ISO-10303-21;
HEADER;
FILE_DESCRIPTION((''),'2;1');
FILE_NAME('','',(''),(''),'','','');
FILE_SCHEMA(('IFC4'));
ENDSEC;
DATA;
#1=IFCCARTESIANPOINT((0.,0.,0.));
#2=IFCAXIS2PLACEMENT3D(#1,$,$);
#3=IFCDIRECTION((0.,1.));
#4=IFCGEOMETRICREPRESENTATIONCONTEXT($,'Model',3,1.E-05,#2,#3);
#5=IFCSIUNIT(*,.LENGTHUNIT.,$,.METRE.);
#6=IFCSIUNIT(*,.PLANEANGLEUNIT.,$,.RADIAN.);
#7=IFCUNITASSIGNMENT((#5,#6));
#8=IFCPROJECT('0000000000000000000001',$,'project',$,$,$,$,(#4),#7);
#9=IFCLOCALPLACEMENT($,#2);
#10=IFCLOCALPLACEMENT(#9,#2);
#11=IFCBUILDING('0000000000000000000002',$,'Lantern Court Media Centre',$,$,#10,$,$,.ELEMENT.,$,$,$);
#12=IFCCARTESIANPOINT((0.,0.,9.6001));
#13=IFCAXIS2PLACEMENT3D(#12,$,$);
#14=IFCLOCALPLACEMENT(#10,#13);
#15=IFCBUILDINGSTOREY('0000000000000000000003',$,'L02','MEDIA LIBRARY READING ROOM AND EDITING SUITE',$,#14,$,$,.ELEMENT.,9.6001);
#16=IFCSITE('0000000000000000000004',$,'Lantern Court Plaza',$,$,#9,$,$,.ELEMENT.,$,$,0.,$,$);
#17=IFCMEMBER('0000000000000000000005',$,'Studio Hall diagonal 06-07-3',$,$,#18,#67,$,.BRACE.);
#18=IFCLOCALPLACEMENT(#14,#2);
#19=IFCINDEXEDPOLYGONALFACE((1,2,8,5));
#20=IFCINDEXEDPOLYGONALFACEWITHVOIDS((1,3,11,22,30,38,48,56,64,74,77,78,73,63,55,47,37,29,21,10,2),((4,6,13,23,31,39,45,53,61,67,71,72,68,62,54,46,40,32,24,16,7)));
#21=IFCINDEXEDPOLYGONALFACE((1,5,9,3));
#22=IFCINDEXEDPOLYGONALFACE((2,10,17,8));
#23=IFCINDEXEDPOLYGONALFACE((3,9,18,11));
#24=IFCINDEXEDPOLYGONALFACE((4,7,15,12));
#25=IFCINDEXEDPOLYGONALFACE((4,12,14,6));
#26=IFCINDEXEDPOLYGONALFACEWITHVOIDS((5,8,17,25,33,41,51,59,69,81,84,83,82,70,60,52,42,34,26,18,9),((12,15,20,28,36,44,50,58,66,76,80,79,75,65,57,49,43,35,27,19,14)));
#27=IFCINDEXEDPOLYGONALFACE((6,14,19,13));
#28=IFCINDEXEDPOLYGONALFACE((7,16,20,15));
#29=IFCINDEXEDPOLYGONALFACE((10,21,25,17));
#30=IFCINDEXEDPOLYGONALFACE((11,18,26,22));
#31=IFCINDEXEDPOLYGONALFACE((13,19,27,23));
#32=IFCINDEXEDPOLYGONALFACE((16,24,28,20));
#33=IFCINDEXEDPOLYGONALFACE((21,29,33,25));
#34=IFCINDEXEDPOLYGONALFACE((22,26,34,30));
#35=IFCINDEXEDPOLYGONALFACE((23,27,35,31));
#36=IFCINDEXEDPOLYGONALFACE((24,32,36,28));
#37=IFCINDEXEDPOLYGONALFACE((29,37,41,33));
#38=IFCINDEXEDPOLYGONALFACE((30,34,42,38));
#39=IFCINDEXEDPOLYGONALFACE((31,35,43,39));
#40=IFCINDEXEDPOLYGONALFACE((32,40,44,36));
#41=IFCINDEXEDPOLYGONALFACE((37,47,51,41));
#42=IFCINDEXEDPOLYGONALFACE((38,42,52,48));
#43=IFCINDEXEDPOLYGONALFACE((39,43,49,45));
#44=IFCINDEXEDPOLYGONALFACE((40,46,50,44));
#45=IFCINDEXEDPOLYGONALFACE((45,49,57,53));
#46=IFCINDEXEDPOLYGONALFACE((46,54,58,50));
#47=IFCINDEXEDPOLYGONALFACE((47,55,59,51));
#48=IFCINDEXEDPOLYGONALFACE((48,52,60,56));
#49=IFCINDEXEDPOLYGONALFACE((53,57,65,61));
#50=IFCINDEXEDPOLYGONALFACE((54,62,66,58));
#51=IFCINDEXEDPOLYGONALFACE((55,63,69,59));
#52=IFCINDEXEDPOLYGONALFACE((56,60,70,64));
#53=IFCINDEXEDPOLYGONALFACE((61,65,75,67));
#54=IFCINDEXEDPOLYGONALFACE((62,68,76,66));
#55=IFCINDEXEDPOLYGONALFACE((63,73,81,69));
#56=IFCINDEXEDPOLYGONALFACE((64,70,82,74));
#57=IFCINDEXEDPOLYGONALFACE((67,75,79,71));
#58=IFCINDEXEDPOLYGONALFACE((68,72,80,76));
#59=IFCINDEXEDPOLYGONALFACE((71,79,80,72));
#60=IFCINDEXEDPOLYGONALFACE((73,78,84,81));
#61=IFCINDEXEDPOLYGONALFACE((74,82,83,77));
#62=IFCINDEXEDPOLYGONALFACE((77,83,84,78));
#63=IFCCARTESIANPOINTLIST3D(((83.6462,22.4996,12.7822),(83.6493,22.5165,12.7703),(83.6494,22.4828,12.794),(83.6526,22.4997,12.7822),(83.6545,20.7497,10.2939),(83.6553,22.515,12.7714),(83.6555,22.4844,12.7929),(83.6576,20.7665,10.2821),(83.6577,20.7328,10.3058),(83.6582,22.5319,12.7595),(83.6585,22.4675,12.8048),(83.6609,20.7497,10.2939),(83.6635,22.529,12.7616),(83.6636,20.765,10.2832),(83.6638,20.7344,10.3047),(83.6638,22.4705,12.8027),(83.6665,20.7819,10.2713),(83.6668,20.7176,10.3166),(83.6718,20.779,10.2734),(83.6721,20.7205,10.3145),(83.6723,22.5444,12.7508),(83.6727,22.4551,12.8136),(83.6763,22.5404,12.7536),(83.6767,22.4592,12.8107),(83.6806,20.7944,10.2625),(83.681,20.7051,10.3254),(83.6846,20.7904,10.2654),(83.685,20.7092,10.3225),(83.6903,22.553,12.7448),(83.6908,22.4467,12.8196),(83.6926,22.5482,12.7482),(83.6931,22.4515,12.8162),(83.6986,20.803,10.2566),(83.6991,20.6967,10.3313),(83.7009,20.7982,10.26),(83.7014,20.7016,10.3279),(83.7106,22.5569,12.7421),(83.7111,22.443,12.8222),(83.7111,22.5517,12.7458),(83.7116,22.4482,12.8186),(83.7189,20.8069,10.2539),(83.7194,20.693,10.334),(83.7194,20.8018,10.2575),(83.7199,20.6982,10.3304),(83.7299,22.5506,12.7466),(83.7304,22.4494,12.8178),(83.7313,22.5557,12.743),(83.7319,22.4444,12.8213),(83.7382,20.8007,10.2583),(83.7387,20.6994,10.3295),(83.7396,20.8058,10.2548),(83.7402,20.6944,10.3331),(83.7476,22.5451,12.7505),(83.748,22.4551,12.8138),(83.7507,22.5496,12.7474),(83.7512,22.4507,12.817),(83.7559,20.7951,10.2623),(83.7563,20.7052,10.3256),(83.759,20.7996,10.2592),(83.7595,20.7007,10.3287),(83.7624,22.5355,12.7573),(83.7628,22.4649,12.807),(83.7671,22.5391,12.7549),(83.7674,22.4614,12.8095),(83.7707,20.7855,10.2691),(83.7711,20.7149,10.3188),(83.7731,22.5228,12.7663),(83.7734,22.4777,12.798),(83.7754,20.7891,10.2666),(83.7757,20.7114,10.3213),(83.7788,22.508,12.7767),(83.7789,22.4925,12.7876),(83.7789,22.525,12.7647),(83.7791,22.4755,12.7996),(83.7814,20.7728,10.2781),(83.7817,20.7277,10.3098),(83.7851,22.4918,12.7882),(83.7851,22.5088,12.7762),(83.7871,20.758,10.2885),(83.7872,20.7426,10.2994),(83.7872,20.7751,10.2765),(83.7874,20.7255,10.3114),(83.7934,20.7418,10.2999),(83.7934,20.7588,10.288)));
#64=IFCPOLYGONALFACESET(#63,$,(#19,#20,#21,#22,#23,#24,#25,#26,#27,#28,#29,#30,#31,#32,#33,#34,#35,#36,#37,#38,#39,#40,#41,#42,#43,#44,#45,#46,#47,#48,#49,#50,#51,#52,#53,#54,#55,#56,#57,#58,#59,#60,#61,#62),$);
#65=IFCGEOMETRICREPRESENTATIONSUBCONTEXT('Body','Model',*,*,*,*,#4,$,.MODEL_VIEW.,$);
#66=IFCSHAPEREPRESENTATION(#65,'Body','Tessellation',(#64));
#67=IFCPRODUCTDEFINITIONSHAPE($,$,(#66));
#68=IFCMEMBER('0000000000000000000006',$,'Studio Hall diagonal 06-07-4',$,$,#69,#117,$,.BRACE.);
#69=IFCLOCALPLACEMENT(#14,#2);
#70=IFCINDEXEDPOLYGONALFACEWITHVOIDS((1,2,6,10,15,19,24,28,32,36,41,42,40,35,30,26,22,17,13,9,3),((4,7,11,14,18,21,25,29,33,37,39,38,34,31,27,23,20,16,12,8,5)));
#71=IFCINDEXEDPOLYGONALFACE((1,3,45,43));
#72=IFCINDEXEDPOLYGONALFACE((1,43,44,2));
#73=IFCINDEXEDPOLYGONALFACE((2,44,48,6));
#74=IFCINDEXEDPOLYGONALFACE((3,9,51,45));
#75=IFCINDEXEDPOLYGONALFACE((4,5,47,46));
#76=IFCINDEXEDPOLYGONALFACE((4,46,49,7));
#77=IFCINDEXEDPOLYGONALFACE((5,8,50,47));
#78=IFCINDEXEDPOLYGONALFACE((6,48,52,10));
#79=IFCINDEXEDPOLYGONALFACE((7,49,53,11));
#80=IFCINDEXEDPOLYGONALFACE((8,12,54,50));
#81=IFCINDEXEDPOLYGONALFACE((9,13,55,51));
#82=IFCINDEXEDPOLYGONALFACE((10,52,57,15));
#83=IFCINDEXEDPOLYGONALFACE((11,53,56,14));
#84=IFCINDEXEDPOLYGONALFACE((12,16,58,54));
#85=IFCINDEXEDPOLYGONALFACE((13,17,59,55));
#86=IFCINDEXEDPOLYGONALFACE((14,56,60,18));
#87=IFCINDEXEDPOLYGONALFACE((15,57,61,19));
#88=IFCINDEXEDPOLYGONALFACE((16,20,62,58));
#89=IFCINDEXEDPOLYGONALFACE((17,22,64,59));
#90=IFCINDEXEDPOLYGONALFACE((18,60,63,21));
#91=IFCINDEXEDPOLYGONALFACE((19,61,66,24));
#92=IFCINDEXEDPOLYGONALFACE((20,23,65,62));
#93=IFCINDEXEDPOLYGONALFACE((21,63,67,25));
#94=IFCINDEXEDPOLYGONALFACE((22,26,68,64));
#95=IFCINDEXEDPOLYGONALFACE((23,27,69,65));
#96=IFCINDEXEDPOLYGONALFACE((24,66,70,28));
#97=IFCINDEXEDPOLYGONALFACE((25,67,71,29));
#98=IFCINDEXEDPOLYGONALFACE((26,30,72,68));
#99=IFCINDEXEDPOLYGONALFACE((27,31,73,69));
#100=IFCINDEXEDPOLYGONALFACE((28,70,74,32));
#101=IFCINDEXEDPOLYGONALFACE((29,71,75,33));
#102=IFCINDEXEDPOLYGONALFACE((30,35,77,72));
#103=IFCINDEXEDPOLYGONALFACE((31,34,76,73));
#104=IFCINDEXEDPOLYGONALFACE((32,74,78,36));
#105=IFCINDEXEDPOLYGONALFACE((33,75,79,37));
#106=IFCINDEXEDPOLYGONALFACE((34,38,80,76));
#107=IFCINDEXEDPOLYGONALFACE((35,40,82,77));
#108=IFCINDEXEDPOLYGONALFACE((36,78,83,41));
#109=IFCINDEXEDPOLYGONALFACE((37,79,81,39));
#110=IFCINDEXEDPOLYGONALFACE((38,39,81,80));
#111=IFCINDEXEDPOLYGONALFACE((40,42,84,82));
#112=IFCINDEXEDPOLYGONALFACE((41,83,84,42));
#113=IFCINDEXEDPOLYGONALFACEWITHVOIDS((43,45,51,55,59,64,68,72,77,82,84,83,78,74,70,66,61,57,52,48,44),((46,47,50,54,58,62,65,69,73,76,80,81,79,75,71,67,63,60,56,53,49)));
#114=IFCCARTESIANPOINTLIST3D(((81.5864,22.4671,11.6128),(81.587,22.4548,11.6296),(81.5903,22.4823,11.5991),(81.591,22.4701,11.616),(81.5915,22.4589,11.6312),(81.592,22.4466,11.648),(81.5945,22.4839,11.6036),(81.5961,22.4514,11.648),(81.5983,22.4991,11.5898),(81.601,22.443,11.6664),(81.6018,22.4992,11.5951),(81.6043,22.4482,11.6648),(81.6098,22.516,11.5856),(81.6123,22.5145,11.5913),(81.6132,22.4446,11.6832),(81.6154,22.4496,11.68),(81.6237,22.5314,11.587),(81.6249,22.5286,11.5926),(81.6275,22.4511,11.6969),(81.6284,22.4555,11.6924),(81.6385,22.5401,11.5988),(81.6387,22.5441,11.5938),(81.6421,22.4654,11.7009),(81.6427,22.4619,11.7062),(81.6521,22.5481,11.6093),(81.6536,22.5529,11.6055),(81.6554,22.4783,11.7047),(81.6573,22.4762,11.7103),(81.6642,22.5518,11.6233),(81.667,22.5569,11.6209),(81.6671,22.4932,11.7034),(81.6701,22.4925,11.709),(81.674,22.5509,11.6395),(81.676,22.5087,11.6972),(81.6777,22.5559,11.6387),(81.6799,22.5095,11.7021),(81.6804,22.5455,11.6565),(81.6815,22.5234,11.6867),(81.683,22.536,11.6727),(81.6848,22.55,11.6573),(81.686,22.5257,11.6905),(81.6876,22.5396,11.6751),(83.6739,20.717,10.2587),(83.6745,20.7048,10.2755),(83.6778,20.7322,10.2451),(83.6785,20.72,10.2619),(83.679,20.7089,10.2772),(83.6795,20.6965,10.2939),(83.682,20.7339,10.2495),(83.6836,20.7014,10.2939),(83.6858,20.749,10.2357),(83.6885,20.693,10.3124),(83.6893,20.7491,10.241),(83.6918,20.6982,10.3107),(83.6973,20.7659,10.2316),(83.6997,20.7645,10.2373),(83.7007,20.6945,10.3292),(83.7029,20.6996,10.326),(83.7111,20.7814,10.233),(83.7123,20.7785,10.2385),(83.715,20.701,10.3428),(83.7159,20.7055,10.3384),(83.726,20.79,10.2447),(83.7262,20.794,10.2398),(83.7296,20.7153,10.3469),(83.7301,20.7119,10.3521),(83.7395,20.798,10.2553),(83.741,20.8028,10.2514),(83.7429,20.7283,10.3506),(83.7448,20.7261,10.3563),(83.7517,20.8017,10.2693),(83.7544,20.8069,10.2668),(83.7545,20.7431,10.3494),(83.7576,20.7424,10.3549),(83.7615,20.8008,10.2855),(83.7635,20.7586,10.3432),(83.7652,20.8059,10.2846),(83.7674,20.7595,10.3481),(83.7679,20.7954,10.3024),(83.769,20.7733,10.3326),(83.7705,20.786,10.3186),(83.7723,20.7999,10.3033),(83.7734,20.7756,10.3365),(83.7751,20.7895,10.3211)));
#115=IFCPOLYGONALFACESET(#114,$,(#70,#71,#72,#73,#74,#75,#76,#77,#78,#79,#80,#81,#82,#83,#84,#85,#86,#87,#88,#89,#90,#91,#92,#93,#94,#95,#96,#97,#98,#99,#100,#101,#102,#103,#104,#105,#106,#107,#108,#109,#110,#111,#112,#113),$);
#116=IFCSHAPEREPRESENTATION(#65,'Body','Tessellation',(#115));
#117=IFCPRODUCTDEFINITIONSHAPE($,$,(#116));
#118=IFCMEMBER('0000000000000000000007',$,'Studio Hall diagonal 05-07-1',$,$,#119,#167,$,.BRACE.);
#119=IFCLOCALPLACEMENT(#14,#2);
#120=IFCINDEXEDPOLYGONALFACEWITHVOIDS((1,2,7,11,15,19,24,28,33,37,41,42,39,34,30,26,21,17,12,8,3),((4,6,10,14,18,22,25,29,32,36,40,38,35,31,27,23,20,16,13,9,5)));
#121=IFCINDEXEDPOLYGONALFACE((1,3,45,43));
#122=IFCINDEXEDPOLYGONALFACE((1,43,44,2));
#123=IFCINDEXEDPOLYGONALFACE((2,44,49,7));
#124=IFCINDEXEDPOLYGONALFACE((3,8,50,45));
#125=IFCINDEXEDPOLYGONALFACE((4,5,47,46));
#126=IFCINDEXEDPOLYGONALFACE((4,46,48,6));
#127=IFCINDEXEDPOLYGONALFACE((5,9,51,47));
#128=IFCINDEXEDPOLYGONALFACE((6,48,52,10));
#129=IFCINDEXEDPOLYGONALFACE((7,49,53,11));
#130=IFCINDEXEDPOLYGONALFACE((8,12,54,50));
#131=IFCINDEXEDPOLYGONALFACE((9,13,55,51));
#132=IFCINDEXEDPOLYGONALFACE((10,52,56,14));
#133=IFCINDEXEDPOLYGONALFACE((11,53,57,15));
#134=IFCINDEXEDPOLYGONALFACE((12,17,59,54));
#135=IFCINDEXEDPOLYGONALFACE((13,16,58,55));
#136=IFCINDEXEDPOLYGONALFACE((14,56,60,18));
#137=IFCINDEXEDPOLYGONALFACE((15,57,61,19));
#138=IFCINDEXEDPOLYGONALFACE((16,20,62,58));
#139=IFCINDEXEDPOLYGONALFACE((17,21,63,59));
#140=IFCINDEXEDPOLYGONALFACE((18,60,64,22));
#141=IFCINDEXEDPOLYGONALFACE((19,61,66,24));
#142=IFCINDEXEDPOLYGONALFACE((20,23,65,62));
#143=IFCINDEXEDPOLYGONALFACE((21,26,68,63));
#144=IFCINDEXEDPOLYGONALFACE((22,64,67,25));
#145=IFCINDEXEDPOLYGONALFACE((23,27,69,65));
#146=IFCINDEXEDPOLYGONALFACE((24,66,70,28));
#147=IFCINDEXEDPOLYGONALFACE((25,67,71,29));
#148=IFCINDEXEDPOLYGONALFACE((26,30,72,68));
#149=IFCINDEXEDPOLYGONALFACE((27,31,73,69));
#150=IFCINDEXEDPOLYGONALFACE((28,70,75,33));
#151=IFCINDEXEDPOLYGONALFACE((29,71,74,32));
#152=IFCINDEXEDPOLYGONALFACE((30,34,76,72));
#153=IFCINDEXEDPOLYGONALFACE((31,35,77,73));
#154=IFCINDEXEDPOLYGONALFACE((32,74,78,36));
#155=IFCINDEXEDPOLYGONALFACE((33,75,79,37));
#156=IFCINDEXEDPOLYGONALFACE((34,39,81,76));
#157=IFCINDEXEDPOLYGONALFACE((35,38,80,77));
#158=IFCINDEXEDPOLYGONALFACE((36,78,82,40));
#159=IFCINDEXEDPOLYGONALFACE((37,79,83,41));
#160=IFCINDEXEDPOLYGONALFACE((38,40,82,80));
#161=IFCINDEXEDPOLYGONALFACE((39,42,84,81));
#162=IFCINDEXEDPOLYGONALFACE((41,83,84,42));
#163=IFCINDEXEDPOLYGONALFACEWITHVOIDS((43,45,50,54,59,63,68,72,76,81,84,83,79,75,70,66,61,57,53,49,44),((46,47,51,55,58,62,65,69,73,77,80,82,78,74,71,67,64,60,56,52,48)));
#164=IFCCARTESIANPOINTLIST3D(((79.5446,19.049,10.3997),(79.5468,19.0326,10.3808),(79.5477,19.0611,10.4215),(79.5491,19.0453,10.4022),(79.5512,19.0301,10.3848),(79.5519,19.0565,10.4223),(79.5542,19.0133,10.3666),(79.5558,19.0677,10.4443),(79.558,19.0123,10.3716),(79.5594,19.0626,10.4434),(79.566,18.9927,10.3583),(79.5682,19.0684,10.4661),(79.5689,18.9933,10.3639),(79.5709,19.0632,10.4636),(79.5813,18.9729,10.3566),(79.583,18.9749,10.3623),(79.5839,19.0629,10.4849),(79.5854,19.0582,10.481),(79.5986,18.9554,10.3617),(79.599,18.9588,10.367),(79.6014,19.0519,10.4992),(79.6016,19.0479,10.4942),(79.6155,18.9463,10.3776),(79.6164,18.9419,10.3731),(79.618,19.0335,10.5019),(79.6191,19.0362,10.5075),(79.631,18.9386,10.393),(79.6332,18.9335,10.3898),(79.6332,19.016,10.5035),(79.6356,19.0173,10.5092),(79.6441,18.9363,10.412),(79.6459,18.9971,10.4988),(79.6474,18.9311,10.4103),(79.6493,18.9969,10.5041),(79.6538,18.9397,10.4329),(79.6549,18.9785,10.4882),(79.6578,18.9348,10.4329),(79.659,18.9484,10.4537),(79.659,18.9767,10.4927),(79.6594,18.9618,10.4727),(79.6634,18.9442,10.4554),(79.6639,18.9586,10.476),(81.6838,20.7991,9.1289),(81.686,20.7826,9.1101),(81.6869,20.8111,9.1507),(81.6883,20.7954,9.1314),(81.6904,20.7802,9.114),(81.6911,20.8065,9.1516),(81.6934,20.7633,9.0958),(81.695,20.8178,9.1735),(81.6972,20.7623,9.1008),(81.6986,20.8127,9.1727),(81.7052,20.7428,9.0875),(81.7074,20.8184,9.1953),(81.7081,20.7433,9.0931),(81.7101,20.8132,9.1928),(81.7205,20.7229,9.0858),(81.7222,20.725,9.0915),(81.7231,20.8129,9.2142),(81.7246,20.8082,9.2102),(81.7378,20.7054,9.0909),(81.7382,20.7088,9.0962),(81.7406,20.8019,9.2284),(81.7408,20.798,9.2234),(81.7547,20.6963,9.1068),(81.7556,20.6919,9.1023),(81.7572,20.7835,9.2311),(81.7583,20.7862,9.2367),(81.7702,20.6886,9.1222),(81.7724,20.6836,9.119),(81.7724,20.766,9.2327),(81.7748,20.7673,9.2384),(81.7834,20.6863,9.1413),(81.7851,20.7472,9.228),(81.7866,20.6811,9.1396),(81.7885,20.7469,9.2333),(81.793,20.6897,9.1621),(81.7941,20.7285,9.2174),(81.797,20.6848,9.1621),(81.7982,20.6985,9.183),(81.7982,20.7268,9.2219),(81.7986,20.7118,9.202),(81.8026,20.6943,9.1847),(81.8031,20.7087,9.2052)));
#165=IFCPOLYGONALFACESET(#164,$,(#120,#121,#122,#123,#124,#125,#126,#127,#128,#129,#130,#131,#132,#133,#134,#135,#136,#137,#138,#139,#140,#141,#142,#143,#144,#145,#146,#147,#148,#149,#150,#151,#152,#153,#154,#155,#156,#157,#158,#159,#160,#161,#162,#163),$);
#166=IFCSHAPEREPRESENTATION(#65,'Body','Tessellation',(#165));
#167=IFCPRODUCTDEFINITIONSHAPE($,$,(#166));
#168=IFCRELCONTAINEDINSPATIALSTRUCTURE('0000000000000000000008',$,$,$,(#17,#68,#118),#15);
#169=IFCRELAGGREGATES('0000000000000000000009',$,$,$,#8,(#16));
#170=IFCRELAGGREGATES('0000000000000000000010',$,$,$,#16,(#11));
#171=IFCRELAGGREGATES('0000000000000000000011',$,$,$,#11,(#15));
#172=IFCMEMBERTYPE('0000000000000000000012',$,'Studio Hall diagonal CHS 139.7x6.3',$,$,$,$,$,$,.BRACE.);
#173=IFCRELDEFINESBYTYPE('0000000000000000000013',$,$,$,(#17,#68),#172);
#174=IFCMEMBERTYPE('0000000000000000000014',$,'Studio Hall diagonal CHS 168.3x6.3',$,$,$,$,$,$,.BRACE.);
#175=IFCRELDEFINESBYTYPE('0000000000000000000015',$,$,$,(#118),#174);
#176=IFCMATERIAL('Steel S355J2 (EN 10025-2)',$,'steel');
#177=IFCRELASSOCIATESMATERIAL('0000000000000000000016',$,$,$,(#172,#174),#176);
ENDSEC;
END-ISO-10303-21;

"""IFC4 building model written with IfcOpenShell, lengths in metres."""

from ifc_helpers import new_model, si_unit, direction, frame, origin, origin_2d, place, context, subcontext, project, spatial, hollow_circle, extrude, material, material_profile, profile_set, type_object, element, save


model = new_model("IFC4")

# Units and contexts
model_context = context("Model", 3, precision=1e-05, world=origin(), true_north=direction((0.0, 1.0)))
body_context = subcontext(model_context, "Body", "Model", "MODEL_VIEW")
ifc_project = project(units=[si_unit("LENGTHUNIT", "METRE"), si_unit("PLANEANGLEUNIT", "RADIAN")], contexts=[model_context])

# Site, building, storey
site_placement = place(None, origin())
site = spatial("IfcSite", under=ifc_project, at=site_placement, Name="Lantern Court Plaza", CompositionType="ELEMENT", RefElevation=0.0)
building_placement = place(site_placement, origin())
building = spatial("IfcBuilding", under=site, at=building_placement, Name="Lantern Court Media Centre", CompositionType="ELEMENT")
storey_placement = place(building_placement, frame((0.0, 0.0, 9.6001)))
storey = spatial("IfcBuildingStorey", under=building, at=storey_placement, Name="L02", Description="MEDIA LIBRARY READING ROOM AND EDITING SUITE", CompositionType="ELEMENT", Elevation=9.6001)

# Members
ifc_material = material(Name="Steel S355J2 (EN 10025-2)", Category="steel")
ifc_material_profile_1 = material_profile(ifc_material, hollow_circle(Radius=0.0698, WallThickness=0.0063, at=origin_2d()), Name="Studio Hall diagonal CHS 139.7x6.3")
ifc_profile_set_1 = profile_set([ifc_material_profile_1], Name="Steel S355J2 (EN 10025-2)")
member_type_1 = type_object("IfcMemberType", Name="Studio Hall diagonal CHS 139.7x6.3", PredefinedType="BRACE", material=ifc_profile_set_1)
for number, where, z_axis, x_axis, name in (
    (1, (83.7244, 20.75, 10.2939), (-0.002729, 0.575269, 0.81796), (-0.999989, -0.004743, 0.0), "Studio Hall diagonal 06-07-3"),
    (2, (83.7244, 20.75, 10.2939), (-0.68622, 0.575301, 0.44512), (-0.642456, -0.766322, 0.0), "Studio Hall diagonal 06-07-4"),
):
    element("IfcMember", number, at=place(storey_placement, frame(where, z_axis=z_axis, x_axis=x_axis)), inside=storey, type_object=member_type_1, Name=name, PredefinedType="BRACE", context=body_context, shape_type="SweptSolid", body=[
        extrude(hollow_circle(Radius=0.0698, WallThickness=0.0063, at=origin_2d()), origin(), (0.0, 0.0, 1.0), 3.042),
    ])
ifc_material_profile_2 = material_profile(ifc_material, hollow_circle(Radius=0.0842, WallThickness=0.0063, at=origin_2d()), Name="Studio Hall diagonal CHS 168.3x6.3")
ifc_profile_set_2 = profile_set([ifc_material_profile_2], Name="Steel S355J2 (EN 10025-2)")
member_type_2 = type_object("IfcMemberType", Name="Studio Hall diagonal CHS 168.3x6.3", PredefinedType="BRACE", material=ifc_profile_set_2)
for number, where, z_axis, x_axis, name in (
    (3, (81.7437, 20.75, 9.1621), (-0.703225, -0.575293, 0.417746), (0.63319, -0.773997, 0.0), "Studio Hall diagonal 05-07-1"),
):
    element("IfcMember", number, at=place(storey_placement, frame(where, z_axis=z_axis, x_axis=x_axis)), inside=storey, type_object=member_type_2, Name=name, PredefinedType="BRACE", context=body_context, shape_type="SweptSolid", body=[
        extrude(hollow_circle(Radius=0.0842, WallThickness=0.0063, at=origin_2d()), origin(), (0.0, 0.0, 1.0), 3.042),
    ])

save(model, "model.ifc")
